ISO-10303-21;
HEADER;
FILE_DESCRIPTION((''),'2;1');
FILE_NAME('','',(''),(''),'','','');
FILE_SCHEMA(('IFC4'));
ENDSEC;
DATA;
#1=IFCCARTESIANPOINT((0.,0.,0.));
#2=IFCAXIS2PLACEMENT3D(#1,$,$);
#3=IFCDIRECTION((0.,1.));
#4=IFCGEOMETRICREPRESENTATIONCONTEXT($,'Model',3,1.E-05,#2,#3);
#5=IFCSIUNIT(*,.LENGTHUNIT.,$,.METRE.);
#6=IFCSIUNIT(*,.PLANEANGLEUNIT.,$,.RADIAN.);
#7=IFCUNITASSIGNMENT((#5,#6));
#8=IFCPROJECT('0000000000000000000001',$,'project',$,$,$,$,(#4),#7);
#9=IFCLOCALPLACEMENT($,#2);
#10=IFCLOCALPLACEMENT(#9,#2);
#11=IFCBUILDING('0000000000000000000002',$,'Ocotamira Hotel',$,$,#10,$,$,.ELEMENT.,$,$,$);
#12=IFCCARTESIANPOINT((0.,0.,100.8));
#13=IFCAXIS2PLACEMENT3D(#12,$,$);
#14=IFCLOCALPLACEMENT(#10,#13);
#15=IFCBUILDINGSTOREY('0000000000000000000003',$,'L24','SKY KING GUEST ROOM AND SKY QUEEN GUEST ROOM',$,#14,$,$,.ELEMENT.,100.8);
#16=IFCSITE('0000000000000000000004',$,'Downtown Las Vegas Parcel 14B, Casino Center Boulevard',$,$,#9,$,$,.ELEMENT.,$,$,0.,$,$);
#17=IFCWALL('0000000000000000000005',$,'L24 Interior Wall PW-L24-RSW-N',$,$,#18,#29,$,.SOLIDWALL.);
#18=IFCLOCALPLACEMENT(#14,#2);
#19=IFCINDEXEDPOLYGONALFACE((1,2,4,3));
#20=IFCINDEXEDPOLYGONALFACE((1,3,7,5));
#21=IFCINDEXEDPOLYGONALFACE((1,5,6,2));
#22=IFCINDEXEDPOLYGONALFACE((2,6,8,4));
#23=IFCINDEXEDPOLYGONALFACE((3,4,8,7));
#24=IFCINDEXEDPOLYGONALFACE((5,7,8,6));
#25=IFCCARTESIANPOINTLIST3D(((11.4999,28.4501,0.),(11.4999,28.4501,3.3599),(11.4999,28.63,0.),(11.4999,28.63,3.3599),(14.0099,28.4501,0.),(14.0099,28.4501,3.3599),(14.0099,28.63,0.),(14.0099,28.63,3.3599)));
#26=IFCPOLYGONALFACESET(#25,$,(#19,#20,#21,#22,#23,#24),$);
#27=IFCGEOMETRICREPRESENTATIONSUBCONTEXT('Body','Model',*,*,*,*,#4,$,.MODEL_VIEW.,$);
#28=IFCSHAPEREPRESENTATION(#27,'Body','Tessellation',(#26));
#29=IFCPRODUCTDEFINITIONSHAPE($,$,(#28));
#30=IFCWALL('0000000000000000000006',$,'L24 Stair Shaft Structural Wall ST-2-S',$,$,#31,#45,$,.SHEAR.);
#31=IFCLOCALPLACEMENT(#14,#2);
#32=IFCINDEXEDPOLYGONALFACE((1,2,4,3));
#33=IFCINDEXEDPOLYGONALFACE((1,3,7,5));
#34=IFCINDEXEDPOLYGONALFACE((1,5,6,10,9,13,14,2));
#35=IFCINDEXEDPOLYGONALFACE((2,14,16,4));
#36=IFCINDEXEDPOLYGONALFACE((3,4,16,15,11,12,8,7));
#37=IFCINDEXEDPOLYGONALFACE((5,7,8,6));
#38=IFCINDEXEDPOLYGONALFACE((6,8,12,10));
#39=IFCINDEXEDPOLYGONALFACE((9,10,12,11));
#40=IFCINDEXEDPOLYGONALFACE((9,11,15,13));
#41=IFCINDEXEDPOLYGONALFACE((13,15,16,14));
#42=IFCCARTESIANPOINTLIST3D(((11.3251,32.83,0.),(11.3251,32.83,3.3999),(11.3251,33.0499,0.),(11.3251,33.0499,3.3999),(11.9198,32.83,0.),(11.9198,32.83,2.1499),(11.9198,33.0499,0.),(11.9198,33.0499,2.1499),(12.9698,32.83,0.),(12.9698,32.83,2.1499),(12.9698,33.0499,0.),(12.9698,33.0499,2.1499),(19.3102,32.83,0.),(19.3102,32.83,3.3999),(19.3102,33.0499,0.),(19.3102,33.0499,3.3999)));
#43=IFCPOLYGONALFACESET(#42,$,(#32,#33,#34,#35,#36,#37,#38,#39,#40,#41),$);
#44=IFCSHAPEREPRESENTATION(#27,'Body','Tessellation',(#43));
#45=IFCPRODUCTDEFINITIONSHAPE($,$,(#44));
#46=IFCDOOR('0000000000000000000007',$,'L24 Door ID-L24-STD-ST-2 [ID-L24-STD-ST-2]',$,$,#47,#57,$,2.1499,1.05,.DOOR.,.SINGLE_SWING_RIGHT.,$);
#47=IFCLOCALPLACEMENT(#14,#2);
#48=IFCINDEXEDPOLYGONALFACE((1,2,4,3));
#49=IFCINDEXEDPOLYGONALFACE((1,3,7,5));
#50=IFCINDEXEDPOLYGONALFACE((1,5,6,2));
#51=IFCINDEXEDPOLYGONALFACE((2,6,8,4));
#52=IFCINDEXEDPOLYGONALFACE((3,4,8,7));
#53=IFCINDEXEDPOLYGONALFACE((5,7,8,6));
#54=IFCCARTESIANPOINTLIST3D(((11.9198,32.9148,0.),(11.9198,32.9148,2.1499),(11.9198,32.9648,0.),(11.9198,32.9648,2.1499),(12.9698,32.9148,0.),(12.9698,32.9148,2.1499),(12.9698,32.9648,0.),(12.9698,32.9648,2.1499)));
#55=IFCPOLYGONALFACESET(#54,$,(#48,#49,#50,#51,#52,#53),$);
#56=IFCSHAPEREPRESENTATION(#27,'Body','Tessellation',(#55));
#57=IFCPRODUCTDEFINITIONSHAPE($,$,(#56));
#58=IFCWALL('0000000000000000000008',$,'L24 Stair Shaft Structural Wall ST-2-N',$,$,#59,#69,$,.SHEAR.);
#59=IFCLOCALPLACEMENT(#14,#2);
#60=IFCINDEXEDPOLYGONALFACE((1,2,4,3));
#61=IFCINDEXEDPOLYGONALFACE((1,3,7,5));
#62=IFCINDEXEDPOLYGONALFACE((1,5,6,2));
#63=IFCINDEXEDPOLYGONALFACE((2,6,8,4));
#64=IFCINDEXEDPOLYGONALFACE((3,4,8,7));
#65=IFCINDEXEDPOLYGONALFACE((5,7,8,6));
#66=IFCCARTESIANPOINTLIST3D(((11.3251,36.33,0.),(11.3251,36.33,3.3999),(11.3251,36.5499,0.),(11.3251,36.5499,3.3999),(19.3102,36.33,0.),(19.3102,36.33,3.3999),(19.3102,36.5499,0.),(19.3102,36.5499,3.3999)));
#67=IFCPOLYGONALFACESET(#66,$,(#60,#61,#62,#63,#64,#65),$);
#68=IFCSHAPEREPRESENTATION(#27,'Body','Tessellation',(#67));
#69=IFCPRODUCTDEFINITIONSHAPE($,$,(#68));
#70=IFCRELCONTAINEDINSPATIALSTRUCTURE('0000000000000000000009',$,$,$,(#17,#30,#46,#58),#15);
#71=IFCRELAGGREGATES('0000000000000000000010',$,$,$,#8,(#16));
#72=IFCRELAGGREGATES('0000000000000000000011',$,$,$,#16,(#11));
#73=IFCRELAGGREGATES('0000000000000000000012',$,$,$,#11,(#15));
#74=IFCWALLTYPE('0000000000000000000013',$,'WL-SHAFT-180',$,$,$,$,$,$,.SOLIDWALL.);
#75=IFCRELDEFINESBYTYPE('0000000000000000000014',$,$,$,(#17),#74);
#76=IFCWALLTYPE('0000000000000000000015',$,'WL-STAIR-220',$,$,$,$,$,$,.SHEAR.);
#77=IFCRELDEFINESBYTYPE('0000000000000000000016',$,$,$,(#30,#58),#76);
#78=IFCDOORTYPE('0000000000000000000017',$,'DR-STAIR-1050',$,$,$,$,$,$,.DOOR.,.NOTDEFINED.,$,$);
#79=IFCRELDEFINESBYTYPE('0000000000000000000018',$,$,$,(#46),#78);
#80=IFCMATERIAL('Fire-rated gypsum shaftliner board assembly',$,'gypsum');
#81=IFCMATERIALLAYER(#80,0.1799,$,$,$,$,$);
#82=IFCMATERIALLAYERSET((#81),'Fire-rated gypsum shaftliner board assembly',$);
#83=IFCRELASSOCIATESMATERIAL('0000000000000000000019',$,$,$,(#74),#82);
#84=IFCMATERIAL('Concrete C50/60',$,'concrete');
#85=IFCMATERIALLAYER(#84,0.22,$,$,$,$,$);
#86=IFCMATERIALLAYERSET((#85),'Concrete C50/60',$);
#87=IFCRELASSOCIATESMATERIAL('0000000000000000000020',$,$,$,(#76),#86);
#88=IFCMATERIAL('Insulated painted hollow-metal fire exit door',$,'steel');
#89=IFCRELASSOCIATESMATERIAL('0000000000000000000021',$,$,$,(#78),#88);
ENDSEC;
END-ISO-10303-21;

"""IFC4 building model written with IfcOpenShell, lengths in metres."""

from ifc_helpers import new_model, si_unit, direction, frame, frame_2d, origin, place, context, subcontext, project, spatial, rectangle, extrude, source, transform, mapped, material, layer, layer_set, type_object, element, fill, save


model = new_model("IFC4")

# Units and contexts
model_context = context("Model", 3, precision=1e-05, world=origin(), true_north=direction((0.0, 1.0)))
body_context = subcontext(model_context, "Body", "Model", "MODEL_VIEW")
ifc_project = project(units=[si_unit("LENGTHUNIT", "METRE"), si_unit("PLANEANGLEUNIT", "RADIAN")], contexts=[model_context])

# Site, building, storey
site_placement = place(None, origin())
site = spatial("IfcSite", under=ifc_project, at=site_placement, Name="Downtown Las Vegas Parcel 14B, Casino Center Boulevard", CompositionType="ELEMENT", RefElevation=0.0)
building_placement = place(site_placement, origin())
building = spatial("IfcBuilding", under=site, at=building_placement, Name="Ocotamira Hotel", CompositionType="ELEMENT")
storey_placement = place(building_placement, frame((0.0, 0.0, 100.8)))
storey = spatial("IfcBuildingStorey", under=building, at=storey_placement, Name="L24", Description="SKY KING GUEST ROOM AND SKY QUEEN GUEST ROOM", CompositionType="ELEMENT", Elevation=100.8)

# Wall
ifc_material_1 = material(Name="Fire-rated gypsum shaftliner board assembly", Category="gypsum")
ifc_layer_1 = layer(ifc_material_1, 0.1799)
ifc_layer_set_1 = layer_set([ifc_layer_1], Name="Fire-rated gypsum shaftliner board assembly")
wall_type_1 = type_object("IfcWallType", Name="WL-SHAFT-180", PredefinedType="SOLIDWALL", material=ifc_layer_set_1)
for number, where, z_axis, x_axis, name in (
    (1, (11.5, 28.54, 0.0), (0.0, 0.0, 1.0), (1.0, 0.0, 0.0), "L24 Interior Wall PW-L24-RSW-N"),
):
    element("IfcWall", number, at=place(storey_placement, frame(where, z_axis=z_axis, x_axis=x_axis)), inside=storey, type_object=wall_type_1, Name=name, PredefinedType="SOLIDWALL", context=body_context, shape_type="SweptSolid", body=[
        extrude(rectangle(XDim=2.51, YDim=0.1799, at=frame_2d((1.2549, 0.0))), origin(), (0.0, 0.0, 1.0), 3.3599),
    ])

# Wall, opening, door
ifc_material_2 = material(Name="Concrete C50/60", Category="concrete")
ifc_layer_2 = layer(ifc_material_2, 0.22)
ifc_layer_set_2 = layer_set([ifc_layer_2], Name="Concrete C50/60")
wall_type_2 = type_object("IfcWallType", Name="WL-STAIR-220", PredefinedType="SHEAR", material=ifc_layer_set_2)
wall_1_placement = place(storey_placement, frame((11.325, 32.9399, 0.0), z_axis=(0.0, 0.0, 1.0), x_axis=(1.0, 0.0, 0.0)))
wall_1 = element("IfcWall", 2, at=wall_1_placement, inside=storey, type_object=wall_type_2, Name="L24 Stair Shaft Structural Wall ST-2-S", PredefinedType="SHEAR", context=body_context, shape_type="SweptSolid", body=[
    extrude(rectangle(XDim=7.9851, YDim=0.22, at=frame_2d((3.9927, 0.0))), origin(), (0.0, 0.0, 1.0), 3.3999),
])
opening_1_placement = place(wall_1_placement, frame((0.595, 0.0, 0.0)))
opening_1 = element("IfcOpeningElement", 3, at=opening_1_placement, cuts=wall_1, PredefinedType="OPENING", context=body_context, shape_type="SweptSolid", body=[
    extrude(rectangle(XDim=1.05, YDim=2.1499, at=frame_2d((0.5249, 1.075))), frame((0.0, 0.1201, 0.0), z_axis=(0.0, -1.0, 0.0), x_axis=(1.0, 0.0, 0.0)), (0.0, 0.0, 1.0), 0.24),
])
ifc_material_3 = material(Name="Insulated painted hollow-metal fire exit door", Category="steel")
door_type_1 = type_object("IfcDoorType", Name="DR-STAIR-1050", OperationType="NOTDEFINED", PredefinedType="DOOR", material=ifc_material_3)
shared_shape_1 = source(origin(), body_context, "Body", "SweptSolid", [
    extrude(rectangle(XDim=1.05, YDim=2.1499, at=frame_2d((0.5249, 1.075))), frame((0.0, 0.0249, 0.0), z_axis=(0.0, -1.0, 0.0), x_axis=(1.0, 0.0, 0.0)), (0.0, 0.0, 1.0), 0.05),
])
door_1_placement = place(opening_1_placement, origin())
door_1 = element("IfcDoor", 4, at=door_1_placement, inside=storey, type_object=door_type_1, Name="L24 Door ID-L24-STD-ST-2 [ID-L24-STD-ST-2]", OperationType="SINGLE_SWING_RIGHT", OverallHeight=2.1499, OverallWidth=1.05, PredefinedType="DOOR", context=body_context, shape_type="MappedRepresentation", body=[
    mapped(shared_shape_1, transform((0.0, 0.0, 0.0), scale=1.0)),
])
fill(opening_1, door_1)

# Wall
wall_2_placement = place(storey_placement, frame((11.325, 36.4399, 0.0), z_axis=(0.0, 0.0, 1.0), x_axis=(1.0, 0.0, 0.0)))
element("IfcWall", 5, at=wall_2_placement, inside=storey, type_object=wall_type_2, Name="L24 Stair Shaft Structural Wall ST-2-N", PredefinedType="SHEAR", context=body_context, shape_type="SweptSolid", body=[
    extrude(rectangle(XDim=7.9851, YDim=0.22, at=frame_2d((3.9927, 0.0))), origin(), (0.0, 0.0, 1.0), 3.3999),
])

save(model, "model.ifc")
